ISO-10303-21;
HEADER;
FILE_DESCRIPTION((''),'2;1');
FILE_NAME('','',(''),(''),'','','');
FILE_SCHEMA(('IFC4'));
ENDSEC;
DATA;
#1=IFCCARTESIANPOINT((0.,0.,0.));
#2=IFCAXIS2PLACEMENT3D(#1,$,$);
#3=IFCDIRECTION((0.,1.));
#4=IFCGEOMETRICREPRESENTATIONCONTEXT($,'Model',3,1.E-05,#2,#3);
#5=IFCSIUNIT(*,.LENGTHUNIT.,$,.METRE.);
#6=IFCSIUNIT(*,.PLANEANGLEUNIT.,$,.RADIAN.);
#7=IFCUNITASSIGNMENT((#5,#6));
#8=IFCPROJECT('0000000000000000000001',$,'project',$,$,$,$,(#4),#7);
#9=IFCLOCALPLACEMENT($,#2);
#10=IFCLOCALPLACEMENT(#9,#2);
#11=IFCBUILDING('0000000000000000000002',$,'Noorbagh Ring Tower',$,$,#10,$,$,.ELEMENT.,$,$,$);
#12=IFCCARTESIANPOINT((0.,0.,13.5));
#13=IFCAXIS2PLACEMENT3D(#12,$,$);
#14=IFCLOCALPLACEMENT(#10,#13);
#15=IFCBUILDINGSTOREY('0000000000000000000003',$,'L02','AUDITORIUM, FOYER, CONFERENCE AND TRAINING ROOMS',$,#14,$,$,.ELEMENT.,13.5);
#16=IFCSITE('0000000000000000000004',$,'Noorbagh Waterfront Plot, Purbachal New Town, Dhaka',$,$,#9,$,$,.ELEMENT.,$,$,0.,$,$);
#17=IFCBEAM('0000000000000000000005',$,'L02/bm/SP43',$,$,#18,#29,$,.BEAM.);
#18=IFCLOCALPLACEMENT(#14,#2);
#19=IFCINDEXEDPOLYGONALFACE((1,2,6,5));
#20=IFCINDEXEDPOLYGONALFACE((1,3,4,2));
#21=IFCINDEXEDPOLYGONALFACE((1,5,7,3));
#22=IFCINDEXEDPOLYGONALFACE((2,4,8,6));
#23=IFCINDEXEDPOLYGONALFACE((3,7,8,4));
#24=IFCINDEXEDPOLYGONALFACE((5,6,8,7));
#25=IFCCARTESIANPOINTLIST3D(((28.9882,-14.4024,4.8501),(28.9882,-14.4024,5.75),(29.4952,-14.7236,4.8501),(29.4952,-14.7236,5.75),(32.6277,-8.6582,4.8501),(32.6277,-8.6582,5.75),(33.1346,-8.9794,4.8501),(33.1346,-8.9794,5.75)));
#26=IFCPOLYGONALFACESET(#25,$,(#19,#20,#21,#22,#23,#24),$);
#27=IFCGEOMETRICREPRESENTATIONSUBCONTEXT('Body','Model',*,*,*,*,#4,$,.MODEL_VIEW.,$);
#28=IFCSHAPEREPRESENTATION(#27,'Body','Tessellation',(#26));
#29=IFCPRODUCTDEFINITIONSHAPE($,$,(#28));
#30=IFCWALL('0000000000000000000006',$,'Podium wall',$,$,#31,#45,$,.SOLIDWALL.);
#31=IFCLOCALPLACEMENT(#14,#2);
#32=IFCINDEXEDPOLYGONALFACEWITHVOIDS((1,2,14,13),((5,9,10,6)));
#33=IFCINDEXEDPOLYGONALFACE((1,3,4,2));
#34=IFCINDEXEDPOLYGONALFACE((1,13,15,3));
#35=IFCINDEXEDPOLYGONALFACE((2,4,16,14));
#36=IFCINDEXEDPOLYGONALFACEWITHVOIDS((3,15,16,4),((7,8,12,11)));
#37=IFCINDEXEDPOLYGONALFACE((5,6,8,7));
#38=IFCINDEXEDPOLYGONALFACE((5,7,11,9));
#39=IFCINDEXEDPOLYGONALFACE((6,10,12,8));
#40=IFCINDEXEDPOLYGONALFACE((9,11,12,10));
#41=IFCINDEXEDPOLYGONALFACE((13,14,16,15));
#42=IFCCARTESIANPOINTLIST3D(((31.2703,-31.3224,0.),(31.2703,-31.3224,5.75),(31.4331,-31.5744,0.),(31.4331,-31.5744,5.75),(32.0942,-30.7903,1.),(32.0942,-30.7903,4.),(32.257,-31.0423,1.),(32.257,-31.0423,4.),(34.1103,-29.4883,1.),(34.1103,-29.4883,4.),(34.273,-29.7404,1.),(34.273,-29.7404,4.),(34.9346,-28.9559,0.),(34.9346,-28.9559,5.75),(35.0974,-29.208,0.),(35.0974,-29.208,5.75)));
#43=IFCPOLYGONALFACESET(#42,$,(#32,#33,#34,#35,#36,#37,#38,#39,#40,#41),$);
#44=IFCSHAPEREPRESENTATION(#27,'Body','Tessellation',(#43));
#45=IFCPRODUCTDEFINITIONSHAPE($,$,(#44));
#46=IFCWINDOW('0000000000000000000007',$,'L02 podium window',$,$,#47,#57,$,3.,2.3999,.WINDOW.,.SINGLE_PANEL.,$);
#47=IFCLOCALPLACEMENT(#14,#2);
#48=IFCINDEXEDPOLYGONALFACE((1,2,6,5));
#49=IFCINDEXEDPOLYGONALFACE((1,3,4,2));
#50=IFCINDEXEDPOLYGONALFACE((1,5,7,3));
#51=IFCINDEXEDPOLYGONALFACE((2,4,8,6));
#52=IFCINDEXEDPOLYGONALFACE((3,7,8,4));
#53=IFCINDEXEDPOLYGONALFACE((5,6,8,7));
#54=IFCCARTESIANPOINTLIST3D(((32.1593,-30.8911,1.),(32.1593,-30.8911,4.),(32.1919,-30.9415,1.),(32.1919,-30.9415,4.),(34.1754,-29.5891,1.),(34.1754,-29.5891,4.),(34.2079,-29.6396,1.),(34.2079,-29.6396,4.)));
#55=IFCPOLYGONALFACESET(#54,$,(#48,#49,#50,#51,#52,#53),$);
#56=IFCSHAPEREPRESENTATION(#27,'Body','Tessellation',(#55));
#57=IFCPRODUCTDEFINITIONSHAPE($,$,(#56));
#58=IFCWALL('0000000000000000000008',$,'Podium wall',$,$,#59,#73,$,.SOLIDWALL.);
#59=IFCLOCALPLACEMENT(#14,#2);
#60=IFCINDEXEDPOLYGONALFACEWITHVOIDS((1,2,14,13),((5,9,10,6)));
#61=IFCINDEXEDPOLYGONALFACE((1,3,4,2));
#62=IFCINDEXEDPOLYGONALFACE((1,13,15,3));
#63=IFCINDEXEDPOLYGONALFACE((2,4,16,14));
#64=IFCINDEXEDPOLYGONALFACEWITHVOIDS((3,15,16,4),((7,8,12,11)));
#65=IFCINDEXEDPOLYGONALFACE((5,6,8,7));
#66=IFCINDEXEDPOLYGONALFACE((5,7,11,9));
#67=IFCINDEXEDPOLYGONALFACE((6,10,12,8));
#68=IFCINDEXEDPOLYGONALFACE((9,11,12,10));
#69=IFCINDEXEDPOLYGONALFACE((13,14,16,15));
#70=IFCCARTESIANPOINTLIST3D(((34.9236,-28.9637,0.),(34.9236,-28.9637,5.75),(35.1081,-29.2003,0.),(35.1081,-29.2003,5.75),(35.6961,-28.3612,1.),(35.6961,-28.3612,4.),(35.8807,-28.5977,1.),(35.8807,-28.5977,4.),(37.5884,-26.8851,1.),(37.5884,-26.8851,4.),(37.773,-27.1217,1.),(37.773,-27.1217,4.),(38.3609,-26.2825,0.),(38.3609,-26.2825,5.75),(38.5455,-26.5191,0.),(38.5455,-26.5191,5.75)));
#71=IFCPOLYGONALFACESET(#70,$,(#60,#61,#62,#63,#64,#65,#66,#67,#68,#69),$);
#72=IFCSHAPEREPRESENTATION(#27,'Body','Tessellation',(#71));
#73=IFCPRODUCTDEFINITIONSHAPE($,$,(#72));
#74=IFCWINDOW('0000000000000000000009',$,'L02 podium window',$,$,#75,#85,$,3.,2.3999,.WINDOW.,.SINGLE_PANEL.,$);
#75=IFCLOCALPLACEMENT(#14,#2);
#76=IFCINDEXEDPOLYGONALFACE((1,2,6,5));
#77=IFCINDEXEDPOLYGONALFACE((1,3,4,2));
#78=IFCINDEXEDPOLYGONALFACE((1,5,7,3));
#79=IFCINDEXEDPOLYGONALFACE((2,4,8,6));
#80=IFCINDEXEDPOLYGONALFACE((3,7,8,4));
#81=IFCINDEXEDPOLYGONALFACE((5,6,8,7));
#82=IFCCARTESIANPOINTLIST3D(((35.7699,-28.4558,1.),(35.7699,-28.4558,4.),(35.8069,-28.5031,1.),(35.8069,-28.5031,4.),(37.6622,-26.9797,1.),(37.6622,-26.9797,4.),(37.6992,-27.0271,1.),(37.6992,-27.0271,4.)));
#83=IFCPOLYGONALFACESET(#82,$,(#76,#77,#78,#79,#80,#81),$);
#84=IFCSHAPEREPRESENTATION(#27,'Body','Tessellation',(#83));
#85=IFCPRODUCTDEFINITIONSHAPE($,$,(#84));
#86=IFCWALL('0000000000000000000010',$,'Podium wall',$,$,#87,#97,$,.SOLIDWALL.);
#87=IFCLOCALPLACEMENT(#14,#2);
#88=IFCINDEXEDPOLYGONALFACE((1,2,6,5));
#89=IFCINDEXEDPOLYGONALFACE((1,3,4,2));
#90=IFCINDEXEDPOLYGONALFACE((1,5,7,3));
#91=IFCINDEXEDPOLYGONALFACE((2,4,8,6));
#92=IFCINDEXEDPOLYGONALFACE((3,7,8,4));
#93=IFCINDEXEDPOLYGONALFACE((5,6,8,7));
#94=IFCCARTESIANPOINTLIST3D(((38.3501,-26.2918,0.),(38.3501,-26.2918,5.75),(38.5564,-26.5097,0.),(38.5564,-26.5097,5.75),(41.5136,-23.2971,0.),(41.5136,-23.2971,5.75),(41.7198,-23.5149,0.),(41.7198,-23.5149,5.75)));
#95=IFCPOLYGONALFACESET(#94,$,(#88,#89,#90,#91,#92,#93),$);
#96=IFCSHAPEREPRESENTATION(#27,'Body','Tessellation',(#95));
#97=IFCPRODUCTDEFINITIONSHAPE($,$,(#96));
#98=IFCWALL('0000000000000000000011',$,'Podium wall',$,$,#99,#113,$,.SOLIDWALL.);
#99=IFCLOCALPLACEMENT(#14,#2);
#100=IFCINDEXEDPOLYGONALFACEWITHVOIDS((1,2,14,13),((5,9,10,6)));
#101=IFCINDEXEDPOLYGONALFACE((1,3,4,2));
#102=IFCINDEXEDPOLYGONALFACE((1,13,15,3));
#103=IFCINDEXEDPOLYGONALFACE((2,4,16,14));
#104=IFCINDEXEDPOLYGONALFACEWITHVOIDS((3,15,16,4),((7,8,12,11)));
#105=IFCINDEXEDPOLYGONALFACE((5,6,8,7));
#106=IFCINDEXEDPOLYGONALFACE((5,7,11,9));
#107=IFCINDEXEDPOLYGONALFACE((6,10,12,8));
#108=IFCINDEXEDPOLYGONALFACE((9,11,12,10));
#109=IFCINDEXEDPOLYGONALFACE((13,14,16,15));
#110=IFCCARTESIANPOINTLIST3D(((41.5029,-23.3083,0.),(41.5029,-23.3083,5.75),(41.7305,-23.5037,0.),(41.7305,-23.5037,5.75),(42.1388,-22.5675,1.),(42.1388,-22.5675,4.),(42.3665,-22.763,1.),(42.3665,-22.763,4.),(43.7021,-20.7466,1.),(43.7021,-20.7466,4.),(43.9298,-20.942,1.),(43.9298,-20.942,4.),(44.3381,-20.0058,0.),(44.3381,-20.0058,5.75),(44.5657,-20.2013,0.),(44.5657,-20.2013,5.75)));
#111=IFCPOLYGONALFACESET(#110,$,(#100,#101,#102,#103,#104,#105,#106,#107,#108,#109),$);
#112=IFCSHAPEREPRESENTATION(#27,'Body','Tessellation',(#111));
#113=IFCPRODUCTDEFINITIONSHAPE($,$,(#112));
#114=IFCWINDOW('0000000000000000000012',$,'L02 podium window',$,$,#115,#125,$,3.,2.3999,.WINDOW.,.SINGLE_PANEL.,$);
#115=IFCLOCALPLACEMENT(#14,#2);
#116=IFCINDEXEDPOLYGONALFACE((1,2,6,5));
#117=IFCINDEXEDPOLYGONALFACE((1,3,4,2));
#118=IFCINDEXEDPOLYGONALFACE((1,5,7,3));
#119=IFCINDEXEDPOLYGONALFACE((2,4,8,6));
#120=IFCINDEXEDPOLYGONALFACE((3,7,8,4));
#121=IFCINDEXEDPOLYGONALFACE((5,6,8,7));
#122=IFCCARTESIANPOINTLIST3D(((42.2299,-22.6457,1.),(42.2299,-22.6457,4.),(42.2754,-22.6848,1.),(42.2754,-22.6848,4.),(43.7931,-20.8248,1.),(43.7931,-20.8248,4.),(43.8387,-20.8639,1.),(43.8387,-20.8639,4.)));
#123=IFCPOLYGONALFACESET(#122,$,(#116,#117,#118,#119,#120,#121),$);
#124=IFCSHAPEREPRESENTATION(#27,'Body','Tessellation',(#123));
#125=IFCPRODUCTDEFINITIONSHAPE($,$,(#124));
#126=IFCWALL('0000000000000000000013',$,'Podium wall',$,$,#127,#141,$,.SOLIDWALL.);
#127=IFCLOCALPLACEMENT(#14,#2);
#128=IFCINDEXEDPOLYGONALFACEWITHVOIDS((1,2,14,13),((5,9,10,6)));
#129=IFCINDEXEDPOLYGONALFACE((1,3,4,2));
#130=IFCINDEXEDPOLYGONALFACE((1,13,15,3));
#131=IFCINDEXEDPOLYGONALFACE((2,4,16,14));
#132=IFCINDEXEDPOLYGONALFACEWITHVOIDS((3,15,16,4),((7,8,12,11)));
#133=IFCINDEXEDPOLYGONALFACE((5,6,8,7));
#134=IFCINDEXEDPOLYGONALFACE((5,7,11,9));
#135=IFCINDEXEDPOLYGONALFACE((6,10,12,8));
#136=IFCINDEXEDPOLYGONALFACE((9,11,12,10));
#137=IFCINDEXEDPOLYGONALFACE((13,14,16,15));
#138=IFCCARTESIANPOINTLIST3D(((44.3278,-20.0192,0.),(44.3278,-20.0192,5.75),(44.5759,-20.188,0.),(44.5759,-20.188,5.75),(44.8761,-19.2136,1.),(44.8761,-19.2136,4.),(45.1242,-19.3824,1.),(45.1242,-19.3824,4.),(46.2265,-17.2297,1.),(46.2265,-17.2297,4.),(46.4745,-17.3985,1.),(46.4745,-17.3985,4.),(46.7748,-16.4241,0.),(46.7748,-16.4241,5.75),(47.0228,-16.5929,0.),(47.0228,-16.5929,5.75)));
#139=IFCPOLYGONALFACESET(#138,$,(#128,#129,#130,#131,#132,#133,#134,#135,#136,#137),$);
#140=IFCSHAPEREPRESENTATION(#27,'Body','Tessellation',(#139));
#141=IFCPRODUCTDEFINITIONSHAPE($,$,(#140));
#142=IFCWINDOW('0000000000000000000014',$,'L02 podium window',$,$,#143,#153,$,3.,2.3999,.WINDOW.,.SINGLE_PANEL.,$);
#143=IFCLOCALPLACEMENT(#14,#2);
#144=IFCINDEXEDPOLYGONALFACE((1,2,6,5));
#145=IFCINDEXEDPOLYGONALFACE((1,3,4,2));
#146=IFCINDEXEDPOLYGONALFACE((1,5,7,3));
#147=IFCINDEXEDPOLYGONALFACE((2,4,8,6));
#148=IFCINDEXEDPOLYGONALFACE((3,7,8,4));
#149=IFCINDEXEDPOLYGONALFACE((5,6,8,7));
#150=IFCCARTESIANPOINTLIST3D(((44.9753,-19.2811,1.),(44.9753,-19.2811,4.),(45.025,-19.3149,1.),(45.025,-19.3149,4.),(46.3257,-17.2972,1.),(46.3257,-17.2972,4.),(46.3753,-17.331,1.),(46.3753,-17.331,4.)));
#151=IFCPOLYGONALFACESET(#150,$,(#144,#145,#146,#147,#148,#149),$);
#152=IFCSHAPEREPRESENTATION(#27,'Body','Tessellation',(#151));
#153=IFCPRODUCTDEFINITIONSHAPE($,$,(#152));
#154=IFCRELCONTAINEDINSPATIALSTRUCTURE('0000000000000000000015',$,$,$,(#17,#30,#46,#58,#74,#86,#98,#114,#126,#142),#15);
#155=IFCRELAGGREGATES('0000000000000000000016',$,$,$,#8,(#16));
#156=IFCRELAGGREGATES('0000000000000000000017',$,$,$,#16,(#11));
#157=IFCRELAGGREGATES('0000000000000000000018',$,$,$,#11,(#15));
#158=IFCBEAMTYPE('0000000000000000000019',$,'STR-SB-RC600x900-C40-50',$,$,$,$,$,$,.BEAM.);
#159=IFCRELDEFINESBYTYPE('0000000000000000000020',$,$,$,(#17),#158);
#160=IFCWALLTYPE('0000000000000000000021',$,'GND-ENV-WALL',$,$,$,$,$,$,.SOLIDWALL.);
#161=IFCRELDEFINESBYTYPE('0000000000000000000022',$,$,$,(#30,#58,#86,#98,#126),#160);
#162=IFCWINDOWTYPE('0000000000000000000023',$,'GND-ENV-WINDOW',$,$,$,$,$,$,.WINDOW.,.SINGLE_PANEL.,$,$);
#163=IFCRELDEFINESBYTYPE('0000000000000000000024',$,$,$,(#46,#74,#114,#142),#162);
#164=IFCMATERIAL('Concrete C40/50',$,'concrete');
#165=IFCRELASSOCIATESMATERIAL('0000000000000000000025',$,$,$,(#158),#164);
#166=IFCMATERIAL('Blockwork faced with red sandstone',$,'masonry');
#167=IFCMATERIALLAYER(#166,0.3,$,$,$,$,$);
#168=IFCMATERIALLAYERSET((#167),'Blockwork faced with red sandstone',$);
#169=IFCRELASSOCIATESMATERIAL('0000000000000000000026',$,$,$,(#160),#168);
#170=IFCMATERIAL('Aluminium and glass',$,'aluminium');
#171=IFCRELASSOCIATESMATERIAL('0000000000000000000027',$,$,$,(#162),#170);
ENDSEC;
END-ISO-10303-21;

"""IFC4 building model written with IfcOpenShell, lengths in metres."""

from ifc_helpers import new_model, si_unit, direction, frame, frame_2d, origin, origin_2d, place, context, subcontext, project, spatial, rectangle, extrude, material, layer, layer_set, material_profile, profile_set, type_object, element, fill, save


model = new_model("IFC4")

# Units and contexts
model_context = context("Model", 3, precision=1e-05, world=origin(), true_north=direction((0.0, 1.0)))
body_context = subcontext(model_context, "Body", "Model", "MODEL_VIEW")
ifc_project = project(units=[si_unit("LENGTHUNIT", "METRE"), si_unit("PLANEANGLEUNIT", "RADIAN")], contexts=[model_context])

# Site, building, storey
site_placement = place(None, origin())
site = spatial("IfcSite", under=ifc_project, at=site_placement, Name="Noorbagh Waterfront Plot, Purbachal New Town, Dhaka", CompositionType="ELEMENT", RefElevation=0.0)
building_placement = place(site_placement, origin())
building = spatial("IfcBuilding", under=site, at=building_placement, Name="Noorbagh Ring Tower", CompositionType="ELEMENT")
storey_placement = place(building_placement, frame((0.0, 0.0, 13.5)))
storey = spatial("IfcBuildingStorey", under=building, at=storey_placement, Name="L02", Description="AUDITORIUM, FOYER, CONFERENCE AND TRAINING ROOMS", CompositionType="ELEMENT", Elevation=13.5)

# Beam
ifc_material_1 = material(Name="Concrete C40/50", Category="concrete")
ifc_material_profile_1 = material_profile(ifc_material_1, rectangle(XDim=0.6001, YDim=0.8999, at=origin_2d()), Name="RC600x900")
ifc_profile_set_1 = profile_set([ifc_material_profile_1], Name="Concrete C40/50")
beam_type_1 = type_object("IfcBeamType", Name="STR-SB-RC600x900-C40-50", PredefinedType="BEAM", material=ifc_profile_set_1)
beam_1_placement = place(storey_placement, frame((29.2417, -14.563, 5.3), z_axis=(0.535204, 0.844723, 0.0), x_axis=(-0.844723, 0.535204, 0.0)))
element("IfcBeam", 1, at=beam_1_placement, inside=storey, type_object=beam_type_1, Name="L02/bm/SP43", PredefinedType="BEAM", context=body_context, shape_type="SweptSolid", body=[
    extrude(rectangle(XDim=0.6001, YDim=0.8999, at=origin_2d()), origin(), (0.0, 0.0, 1.0), 6.8),
])

# Walls, openings, windows
ifc_material_2 = material(Name="Blockwork faced with red sandstone", Category="masonry")
ifc_layer_1 = layer(ifc_material_2, 0.3)
ifc_layer_set_1 = layer_set([ifc_layer_1], Name="Blockwork faced with red sandstone")
wall_type_1 = type_object("IfcWallType", Name="GND-ENV-WALL", PredefinedType="SOLIDWALL", material=ifc_layer_set_1)
wall_1_placement = place(storey_placement, frame((31.3516, -31.4485, 0.0), z_axis=(0.0, 0.0, 1.0), x_axis=(0.840047, 0.542513, 0.0)))
wall_1 = element("IfcWall", 2, at=wall_1_placement, inside=storey, type_object=wall_type_1, Name="Podium wall", PredefinedType="SOLIDWALL", context=body_context, shape_type="SweptSolid", body=[
    extrude(rectangle(XDim=4.3621, YDim=0.3, at=frame_2d((2.1812, 0.0))), origin(), (0.0, 0.0, 1.0), 5.75),
])
opening_1_placement = place(wall_1_placement, frame((0.981, 0.0, 1.0)))
opening_1 = element("IfcOpeningElement", 3, at=opening_1_placement, cuts=wall_1, PredefinedType="OPENING", context=body_context, shape_type="SweptSolid", body=[
    extrude(rectangle(XDim=2.3999, YDim=3.0, at=frame_2d((1.2, 1.5))), frame((0.0, 0.1602, 0.0), z_axis=(0.0, -1.0, 0.0), x_axis=(1.0, 0.0, 0.0)), (0.0, 0.0, 1.0), 0.3201),
])
ifc_material_3 = material(Name="Aluminium and glass", Category="aluminium")
window_type = type_object("IfcWindowType", Name="GND-ENV-WINDOW", PartitioningType="SINGLE_PANEL", PredefinedType="WINDOW", material=ifc_material_3)
window_1_placement = place(opening_1_placement, origin())
window_1 = element("IfcWindow", 4, at=window_1_placement, inside=storey, type_object=window_type, Name="L02 podium window", OverallHeight=3.0, OverallWidth=2.3999, PartitioningType="SINGLE_PANEL", PredefinedType="WINDOW", context=body_context, shape_type="SweptSolid", body=[
    extrude(rectangle(XDim=2.3999, YDim=3.0, at=frame_2d((1.2, 1.5))), frame((0.0, 0.03, 0.0), z_axis=(0.0, -1.0, 0.0), x_axis=(1.0, 0.0, 0.0)), (0.0, 0.0, 1.0), 0.0601),
])
fill(opening_1, window_1)
wall_2_placement = place(storey_placement, frame((35.0159, -29.082, 0.0), z_axis=(0.0, 0.0, 1.0), x_axis=(0.788492, 0.615045, 0.0)))
wall_2 = element("IfcWall", 5, at=wall_2_placement, inside=storey, type_object=wall_type_1, Name="Podium wall", PredefinedType="SOLIDWALL", context=body_context, shape_type="SweptSolid", body=[
    extrude(rectangle(XDim=4.3594, YDim=0.3, at=frame_2d((2.1797, 0.0))), origin(), (0.0, 0.0, 1.0), 5.75),
])
opening_2_placement = place(wall_2_placement, frame((0.9797, 0.0, 1.0)))
opening_2 = element("IfcOpeningElement", 6, at=opening_2_placement, cuts=wall_2, PredefinedType="OPENING", context=body_context, shape_type="SweptSolid", body=[
    extrude(rectangle(XDim=2.3999, YDim=3.0, at=frame_2d((1.2, 1.5))), frame((0.0, 0.1602, 0.0), z_axis=(0.0, -1.0, 0.0), x_axis=(1.0, 0.0, 0.0)), (0.0, 0.0, 1.0), 0.3201),
])
window_2_placement = place(opening_2_placement, origin())
window_2 = element("IfcWindow", 7, at=window_2_placement, inside=storey, type_object=window_type, Name="L02 podium window", OverallHeight=3.0, OverallWidth=2.3999, PartitioningType="SINGLE_PANEL", PredefinedType="WINDOW", context=body_context, shape_type="SweptSolid", body=[
    extrude(rectangle(XDim=2.3999, YDim=3.0, at=frame_2d((1.2, 1.5))), frame((0.0, 0.03, 0.0), z_axis=(0.0, -1.0, 0.0), x_axis=(1.0, 0.0, 0.0)), (0.0, 0.0, 1.0), 0.0601),
])
fill(opening_2, window_2)

# Wall
wall_3_placement = place(storey_placement, frame((38.4531, -26.4009, 0.0), z_axis=(0.0, 0.0, 1.0), x_axis=(0.726204, 0.687479, 0.0)))
element("IfcWall", 8, at=wall_3_placement, inside=storey, type_object=wall_type_1, Name="Podium wall", PredefinedType="SOLIDWALL", context=body_context, shape_type="SweptSolid", body=[
    extrude(rectangle(XDim=4.3562, YDim=0.3, at=frame_2d((2.1782, 0.0))), origin(), (0.0, 0.0, 1.0), 5.75),
])

# Walls, openings, windows
wall_4_placement = place(storey_placement, frame((41.6167, -23.406, 0.0), z_axis=(0.0, 0.0, 1.0), x_axis=(0.651387, 0.758746, 0.0)))
wall_4 = element("IfcWall", 9, at=wall_4_placement, inside=storey, type_object=wall_type_1, Name="Podium wall", PredefinedType="SOLIDWALL", context=body_context, shape_type="SweptSolid", body=[
    extrude(rectangle(XDim=4.3525, YDim=0.3, at=frame_2d((2.1763, 0.0))), origin(), (0.0, 0.0, 1.0), 5.75),
])
opening_3_placement = place(wall_4_placement, frame((0.9763, 0.0, 1.0)))
opening_3 = element("IfcOpeningElement", 10, at=opening_3_placement, cuts=wall_4, PredefinedType="OPENING", context=body_context, shape_type="SweptSolid", body=[
    extrude(rectangle(XDim=2.3999, YDim=3.0, at=frame_2d((1.2, 1.5))), frame((0.0, 0.1602, 0.0), z_axis=(0.0, -1.0, 0.0), x_axis=(1.0, 0.0, 0.0)), (0.0, 0.0, 1.0), 0.3201),
])
window_3_placement = place(opening_3_placement, origin())
window_3 = element("IfcWindow", 11, at=window_3_placement, inside=storey, type_object=window_type, Name="L02 podium window", OverallHeight=3.0, OverallWidth=2.3999, PartitioningType="SINGLE_PANEL", PredefinedType="WINDOW", context=body_context, shape_type="SweptSolid", body=[
    extrude(rectangle(XDim=2.3999, YDim=3.0, at=frame_2d((1.2, 1.5))), frame((0.0, 0.03, 0.0), z_axis=(0.0, -1.0, 0.0), x_axis=(1.0, 0.0, 0.0)), (0.0, 0.0, 1.0), 0.0601),
])
fill(opening_3, window_3)
wall_5_placement = place(storey_placement, frame((44.4519, -20.1035, 0.0), z_axis=(0.0, 0.0, 1.0), x_axis=(0.562668, 0.826683, 0.0)))
wall_5 = element("IfcWall", 12, at=wall_5_placement, inside=storey, type_object=wall_type_1, Name="Podium wall", PredefinedType="SOLIDWALL", context=body_context, shape_type="SweptSolid", body=[
    extrude(rectangle(XDim=4.3489, YDim=0.3, at=frame_2d((2.1743, 0.0))), origin(), (0.0, 0.0, 1.0), 5.75),
])
opening_4_placement = place(wall_5_placement, frame((0.9744, 0.0, 1.0)))
opening_4 = element("IfcOpeningElement", 13, at=opening_4_placement, cuts=wall_5, PredefinedType="OPENING", context=body_context, shape_type="SweptSolid", body=[
    extrude(rectangle(XDim=2.3999, YDim=3.0, at=frame_2d((1.2, 1.5))), frame((0.0, 0.1602, 0.0), z_axis=(0.0, -1.0, 0.0), x_axis=(1.0, 0.0, 0.0)), (0.0, 0.0, 1.0), 0.3201),
])
window_4_placement = place(opening_4_placement, origin())
window_4 = element("IfcWindow", 14, at=window_4_placement, inside=storey, type_object=window_type, Name="L02 podium window", OverallHeight=3.0, OverallWidth=2.3999, PartitioningType="SINGLE_PANEL", PredefinedType="WINDOW", context=body_context, shape_type="SweptSolid", body=[
    extrude(rectangle(XDim=2.3999, YDim=3.0, at=frame_2d((1.2, 1.5))), frame((0.0, 0.03, 0.0), z_axis=(0.0, -1.0, 0.0), x_axis=(1.0, 0.0, 0.0)), (0.0, 0.0, 1.0), 0.0601),
])
fill(opening_4, window_4)

save(model, "model.ifc")
